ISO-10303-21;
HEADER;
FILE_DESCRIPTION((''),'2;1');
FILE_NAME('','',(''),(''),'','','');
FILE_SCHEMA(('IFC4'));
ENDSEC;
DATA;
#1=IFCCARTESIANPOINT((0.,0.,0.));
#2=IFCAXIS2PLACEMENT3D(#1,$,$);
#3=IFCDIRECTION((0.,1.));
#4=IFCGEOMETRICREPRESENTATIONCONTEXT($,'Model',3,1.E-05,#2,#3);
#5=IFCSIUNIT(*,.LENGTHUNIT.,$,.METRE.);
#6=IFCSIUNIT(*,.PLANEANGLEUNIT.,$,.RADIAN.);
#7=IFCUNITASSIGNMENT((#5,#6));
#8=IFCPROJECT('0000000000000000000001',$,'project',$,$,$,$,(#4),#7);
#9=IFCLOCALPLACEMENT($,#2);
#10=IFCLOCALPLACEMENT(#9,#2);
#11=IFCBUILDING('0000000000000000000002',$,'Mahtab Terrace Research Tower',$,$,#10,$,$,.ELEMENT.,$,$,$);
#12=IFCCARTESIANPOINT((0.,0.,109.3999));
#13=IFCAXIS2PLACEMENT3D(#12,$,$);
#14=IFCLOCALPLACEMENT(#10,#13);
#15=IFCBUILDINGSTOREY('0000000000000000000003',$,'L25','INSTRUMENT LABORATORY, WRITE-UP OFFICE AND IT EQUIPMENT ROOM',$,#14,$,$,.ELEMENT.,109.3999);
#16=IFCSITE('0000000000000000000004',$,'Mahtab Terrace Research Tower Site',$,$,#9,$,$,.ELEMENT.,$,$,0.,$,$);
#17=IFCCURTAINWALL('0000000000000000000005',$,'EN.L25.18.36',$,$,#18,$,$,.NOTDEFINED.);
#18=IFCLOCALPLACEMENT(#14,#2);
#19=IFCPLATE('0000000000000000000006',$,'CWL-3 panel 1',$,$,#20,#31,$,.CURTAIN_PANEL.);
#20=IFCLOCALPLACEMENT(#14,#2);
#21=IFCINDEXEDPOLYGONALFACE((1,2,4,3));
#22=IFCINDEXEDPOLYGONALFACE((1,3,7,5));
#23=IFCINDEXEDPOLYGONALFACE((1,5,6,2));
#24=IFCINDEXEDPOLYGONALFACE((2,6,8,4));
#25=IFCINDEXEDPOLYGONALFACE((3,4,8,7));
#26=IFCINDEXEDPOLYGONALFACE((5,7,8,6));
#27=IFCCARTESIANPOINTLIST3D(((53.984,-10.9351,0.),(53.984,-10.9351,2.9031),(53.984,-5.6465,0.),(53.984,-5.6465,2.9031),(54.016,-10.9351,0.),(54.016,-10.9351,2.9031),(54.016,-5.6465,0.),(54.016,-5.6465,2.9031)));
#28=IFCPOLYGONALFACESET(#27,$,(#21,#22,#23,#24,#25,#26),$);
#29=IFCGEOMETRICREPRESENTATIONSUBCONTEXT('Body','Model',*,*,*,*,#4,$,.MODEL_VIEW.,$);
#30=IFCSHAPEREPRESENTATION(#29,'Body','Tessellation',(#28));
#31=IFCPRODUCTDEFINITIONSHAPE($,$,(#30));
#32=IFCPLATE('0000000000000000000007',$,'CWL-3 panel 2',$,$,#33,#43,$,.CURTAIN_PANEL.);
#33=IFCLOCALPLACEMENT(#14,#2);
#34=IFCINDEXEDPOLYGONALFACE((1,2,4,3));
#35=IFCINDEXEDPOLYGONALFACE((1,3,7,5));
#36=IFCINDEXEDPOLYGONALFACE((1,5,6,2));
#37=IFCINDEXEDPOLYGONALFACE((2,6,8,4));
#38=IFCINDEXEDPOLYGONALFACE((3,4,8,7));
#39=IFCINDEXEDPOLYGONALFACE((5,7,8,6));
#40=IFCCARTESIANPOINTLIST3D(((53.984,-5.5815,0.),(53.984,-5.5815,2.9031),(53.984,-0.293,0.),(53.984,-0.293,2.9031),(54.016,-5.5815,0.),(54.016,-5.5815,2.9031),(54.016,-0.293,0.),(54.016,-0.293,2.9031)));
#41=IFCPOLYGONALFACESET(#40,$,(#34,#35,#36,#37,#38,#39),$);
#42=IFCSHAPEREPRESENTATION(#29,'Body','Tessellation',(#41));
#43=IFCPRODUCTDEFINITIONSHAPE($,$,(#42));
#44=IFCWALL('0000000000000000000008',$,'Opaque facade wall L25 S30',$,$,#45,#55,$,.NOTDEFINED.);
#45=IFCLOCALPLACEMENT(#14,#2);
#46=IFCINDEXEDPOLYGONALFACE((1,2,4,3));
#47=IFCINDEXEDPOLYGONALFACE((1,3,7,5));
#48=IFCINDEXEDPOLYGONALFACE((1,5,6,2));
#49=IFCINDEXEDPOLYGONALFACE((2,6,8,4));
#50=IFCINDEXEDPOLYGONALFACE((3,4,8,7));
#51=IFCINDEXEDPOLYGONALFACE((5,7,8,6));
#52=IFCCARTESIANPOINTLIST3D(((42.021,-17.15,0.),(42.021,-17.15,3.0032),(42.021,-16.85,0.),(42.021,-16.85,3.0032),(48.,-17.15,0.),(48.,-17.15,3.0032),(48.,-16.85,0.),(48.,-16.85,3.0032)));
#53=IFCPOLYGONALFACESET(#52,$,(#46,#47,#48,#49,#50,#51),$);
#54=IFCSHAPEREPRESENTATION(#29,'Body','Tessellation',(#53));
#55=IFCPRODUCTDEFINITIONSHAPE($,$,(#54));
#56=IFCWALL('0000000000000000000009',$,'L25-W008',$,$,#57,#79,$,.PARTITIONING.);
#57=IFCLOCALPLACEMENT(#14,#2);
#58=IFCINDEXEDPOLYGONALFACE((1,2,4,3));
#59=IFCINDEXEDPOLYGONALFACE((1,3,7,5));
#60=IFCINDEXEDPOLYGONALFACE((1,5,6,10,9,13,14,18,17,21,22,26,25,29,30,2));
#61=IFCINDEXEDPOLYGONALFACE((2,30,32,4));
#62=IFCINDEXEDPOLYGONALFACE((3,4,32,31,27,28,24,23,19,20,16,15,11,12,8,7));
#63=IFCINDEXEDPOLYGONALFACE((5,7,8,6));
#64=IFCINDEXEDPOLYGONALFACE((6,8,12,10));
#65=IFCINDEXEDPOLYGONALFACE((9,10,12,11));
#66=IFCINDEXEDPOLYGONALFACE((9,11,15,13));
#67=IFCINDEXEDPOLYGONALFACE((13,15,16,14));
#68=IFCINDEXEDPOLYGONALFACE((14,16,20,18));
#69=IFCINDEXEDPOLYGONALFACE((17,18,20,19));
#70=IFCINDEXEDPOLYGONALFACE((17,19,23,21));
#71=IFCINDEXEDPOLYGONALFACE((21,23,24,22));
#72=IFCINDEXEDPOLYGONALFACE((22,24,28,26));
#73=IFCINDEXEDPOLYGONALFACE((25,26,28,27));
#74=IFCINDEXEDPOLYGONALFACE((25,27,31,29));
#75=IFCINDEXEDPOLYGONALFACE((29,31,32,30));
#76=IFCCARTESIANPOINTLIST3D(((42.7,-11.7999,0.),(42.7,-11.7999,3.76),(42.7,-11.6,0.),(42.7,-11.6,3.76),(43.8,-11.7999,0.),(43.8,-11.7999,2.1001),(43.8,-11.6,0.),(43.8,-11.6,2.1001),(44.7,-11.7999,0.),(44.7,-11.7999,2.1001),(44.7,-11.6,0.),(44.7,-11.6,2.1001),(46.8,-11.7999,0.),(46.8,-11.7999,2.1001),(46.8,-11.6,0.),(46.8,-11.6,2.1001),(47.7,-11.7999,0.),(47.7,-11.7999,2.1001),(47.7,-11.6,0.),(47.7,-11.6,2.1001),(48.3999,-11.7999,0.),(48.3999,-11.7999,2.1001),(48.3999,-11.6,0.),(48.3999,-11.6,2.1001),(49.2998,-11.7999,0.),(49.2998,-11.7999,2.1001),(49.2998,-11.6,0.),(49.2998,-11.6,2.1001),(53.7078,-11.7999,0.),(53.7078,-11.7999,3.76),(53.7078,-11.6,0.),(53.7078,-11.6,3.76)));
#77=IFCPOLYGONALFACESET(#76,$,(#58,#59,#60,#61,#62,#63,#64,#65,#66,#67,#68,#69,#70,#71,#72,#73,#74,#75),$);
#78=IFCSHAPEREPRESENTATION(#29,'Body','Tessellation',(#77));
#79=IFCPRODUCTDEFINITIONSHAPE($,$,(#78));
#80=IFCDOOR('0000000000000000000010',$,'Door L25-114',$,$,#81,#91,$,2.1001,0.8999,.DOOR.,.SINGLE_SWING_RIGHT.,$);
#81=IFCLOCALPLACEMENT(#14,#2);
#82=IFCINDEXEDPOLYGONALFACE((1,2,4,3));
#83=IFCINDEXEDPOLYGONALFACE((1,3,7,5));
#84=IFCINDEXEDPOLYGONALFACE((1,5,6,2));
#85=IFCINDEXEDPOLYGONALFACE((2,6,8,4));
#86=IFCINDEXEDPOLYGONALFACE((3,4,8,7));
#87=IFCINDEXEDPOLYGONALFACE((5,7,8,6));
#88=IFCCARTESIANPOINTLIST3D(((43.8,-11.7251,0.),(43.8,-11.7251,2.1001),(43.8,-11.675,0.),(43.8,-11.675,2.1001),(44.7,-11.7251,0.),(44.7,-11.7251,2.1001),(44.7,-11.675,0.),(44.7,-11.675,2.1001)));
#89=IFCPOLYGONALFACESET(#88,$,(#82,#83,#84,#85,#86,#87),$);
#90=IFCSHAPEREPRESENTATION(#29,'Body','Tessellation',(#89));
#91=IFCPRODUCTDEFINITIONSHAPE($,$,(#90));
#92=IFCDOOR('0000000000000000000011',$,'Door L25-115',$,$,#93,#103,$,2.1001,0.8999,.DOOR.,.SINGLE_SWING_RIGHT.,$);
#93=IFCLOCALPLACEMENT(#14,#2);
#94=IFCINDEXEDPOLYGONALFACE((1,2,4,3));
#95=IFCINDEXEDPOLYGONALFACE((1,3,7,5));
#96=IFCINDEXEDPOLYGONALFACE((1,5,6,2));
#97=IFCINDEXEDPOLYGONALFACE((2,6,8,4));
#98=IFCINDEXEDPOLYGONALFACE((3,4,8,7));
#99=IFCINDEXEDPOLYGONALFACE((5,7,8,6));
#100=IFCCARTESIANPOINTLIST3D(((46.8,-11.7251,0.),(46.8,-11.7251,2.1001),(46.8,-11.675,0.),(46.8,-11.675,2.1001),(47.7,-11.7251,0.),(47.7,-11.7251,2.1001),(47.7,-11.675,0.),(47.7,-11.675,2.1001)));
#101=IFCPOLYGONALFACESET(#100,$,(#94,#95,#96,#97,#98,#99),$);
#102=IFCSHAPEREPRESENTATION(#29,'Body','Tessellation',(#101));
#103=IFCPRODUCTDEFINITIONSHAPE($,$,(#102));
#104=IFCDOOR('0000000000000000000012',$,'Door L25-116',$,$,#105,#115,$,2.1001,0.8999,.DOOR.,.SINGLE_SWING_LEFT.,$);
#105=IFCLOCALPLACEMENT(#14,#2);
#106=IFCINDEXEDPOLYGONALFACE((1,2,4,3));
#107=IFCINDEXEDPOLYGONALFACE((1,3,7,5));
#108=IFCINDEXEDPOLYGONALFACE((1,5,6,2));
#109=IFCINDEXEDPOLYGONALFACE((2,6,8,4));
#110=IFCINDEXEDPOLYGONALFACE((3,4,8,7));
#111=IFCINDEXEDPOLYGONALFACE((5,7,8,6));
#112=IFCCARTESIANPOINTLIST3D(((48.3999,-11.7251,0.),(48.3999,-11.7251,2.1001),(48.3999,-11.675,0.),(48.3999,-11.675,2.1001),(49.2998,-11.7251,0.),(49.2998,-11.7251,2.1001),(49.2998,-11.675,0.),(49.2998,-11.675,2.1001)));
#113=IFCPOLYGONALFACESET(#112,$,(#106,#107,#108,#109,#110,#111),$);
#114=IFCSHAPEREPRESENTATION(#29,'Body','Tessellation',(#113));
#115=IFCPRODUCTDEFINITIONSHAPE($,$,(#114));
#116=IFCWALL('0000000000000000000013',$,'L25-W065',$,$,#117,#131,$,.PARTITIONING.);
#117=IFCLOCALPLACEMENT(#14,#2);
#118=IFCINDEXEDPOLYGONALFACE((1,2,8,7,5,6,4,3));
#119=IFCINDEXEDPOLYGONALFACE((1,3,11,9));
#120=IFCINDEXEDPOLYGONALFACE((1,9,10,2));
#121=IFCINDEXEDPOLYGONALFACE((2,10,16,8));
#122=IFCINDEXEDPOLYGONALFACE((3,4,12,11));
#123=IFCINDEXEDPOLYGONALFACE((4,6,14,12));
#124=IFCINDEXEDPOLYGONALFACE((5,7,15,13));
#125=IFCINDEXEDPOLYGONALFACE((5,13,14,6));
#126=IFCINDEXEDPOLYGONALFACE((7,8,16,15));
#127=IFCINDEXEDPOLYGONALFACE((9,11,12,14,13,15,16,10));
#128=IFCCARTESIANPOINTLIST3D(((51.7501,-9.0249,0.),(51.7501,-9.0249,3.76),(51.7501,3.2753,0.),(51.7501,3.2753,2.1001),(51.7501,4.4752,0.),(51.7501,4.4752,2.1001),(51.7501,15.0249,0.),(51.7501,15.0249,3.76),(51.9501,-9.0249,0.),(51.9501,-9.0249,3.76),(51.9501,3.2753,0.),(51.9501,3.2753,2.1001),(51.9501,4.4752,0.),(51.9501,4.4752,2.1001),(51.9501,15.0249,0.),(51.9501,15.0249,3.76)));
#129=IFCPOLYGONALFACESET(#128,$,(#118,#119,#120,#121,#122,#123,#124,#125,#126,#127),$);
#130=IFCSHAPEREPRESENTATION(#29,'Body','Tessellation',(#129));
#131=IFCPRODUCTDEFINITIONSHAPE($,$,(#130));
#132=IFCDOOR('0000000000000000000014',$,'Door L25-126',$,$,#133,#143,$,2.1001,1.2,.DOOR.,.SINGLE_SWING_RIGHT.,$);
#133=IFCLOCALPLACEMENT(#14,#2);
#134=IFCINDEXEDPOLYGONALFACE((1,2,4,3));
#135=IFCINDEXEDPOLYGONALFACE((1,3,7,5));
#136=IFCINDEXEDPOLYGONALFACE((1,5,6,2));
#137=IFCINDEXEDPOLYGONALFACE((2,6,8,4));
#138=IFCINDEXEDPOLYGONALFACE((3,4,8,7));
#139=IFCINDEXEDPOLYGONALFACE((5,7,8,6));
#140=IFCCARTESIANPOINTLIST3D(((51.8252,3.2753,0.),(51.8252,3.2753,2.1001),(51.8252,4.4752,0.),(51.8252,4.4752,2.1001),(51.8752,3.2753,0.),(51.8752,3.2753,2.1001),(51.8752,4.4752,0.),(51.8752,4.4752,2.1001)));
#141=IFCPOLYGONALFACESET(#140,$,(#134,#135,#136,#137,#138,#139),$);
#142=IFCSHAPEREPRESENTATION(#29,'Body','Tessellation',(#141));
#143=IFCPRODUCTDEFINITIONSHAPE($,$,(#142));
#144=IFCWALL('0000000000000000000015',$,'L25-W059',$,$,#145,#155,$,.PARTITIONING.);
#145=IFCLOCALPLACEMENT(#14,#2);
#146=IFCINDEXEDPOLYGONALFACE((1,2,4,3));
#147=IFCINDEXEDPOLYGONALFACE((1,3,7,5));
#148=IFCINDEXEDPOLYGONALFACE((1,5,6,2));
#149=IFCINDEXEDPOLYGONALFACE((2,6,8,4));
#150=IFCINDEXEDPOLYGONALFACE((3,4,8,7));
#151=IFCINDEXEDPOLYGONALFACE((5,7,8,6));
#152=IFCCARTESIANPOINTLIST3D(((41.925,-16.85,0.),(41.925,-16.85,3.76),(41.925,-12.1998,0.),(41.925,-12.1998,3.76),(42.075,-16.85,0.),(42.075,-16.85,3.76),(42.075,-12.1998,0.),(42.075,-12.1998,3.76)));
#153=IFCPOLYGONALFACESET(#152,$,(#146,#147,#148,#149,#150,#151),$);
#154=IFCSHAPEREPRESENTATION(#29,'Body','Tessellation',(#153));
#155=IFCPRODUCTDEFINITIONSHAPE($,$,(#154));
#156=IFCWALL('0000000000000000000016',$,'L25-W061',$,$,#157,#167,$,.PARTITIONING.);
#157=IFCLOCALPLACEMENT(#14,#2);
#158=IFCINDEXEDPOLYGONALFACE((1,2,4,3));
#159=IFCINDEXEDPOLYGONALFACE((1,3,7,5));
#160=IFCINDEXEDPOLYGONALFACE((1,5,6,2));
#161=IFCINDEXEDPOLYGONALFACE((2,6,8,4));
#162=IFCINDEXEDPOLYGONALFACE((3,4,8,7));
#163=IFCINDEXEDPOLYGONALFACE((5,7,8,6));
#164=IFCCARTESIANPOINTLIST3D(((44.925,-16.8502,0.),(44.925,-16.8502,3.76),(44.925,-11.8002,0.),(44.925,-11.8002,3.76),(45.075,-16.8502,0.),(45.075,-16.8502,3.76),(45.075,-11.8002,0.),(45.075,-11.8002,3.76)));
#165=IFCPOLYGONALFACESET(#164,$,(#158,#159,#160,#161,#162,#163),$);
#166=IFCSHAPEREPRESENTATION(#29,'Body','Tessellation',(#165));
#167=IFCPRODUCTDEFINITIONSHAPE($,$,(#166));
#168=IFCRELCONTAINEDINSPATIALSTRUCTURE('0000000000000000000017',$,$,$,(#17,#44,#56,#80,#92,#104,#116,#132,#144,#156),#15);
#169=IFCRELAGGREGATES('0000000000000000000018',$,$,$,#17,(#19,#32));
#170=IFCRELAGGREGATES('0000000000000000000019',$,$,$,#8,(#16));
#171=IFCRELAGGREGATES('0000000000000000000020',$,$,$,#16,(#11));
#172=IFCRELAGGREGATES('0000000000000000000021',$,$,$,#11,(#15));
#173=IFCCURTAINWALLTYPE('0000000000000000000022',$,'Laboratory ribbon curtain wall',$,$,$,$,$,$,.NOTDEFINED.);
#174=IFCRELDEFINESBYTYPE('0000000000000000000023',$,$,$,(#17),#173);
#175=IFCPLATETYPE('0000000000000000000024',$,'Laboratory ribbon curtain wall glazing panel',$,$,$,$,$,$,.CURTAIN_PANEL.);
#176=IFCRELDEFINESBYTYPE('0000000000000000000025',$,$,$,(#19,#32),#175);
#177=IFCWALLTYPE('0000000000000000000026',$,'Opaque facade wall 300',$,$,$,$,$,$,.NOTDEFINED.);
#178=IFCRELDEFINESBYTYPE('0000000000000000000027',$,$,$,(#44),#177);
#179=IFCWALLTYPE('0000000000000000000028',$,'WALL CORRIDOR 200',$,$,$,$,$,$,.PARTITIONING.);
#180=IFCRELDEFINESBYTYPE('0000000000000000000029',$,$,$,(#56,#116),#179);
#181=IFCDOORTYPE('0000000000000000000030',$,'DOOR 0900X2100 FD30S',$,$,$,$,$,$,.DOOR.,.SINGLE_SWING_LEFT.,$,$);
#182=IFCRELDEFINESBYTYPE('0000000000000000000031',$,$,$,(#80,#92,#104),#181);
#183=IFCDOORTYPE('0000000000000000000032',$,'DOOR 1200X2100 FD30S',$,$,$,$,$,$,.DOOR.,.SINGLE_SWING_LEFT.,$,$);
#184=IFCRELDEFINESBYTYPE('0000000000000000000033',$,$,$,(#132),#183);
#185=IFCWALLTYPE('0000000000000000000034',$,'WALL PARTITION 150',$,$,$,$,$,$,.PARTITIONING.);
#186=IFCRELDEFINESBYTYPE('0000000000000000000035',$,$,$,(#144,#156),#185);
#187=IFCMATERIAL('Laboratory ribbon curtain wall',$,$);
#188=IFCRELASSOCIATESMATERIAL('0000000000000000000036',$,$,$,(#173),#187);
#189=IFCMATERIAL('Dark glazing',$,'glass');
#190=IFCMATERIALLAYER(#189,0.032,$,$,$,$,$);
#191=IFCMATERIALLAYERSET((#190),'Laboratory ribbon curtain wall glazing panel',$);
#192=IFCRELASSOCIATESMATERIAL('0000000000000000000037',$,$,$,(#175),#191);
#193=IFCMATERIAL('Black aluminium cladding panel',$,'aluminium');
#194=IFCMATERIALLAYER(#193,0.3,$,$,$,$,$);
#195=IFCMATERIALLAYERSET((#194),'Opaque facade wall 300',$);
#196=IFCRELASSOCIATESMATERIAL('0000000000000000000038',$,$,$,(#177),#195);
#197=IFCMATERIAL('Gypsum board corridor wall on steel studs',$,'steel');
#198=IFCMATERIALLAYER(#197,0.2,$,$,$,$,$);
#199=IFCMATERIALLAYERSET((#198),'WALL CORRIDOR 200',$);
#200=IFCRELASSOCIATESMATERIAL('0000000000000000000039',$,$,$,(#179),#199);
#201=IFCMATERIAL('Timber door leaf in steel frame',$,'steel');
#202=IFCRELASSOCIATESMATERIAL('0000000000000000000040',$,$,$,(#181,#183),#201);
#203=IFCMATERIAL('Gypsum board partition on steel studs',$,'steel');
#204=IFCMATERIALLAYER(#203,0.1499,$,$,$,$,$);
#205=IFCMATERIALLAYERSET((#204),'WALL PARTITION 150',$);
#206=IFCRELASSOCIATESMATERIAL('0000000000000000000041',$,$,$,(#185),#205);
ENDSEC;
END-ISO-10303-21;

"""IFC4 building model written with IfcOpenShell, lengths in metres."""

from ifc_helpers import new_model, si_unit, direction, frame, frame_2d, origin, origin_2d, place, context, subcontext, project, spatial, rectangle, extrude, material, layer, layer_set, type_object, element, fill, aggregate, save


model = new_model("IFC4")

# Units and contexts
model_context = context("Model", 3, precision=1e-05, world=origin(), true_north=direction((0.0, 1.0)))
body_context = subcontext(model_context, "Body", "Model", "MODEL_VIEW")
ifc_project = project(units=[si_unit("LENGTHUNIT", "METRE"), si_unit("PLANEANGLEUNIT", "RADIAN")], contexts=[model_context])

# Site, building, storey
site_placement = place(None, origin())
site = spatial("IfcSite", under=ifc_project, at=site_placement, Name="Mahtab Terrace Research Tower Site", CompositionType="ELEMENT", RefElevation=0.0)
building_placement = place(site_placement, origin())
building = spatial("IfcBuilding", under=site, at=building_placement, Name="Mahtab Terrace Research Tower", CompositionType="ELEMENT")
storey_placement = place(building_placement, frame((0.0, 0.0, 109.3999)))
storey = spatial("IfcBuildingStorey", under=building, at=storey_placement, Name="L25", Description="INSTRUMENT LABORATORY, WRITE-UP OFFICE AND IT EQUIPMENT ROOM", CompositionType="ELEMENT", Elevation=109.3999)

# Curtain wall
ifc_material_1 = material(Name="Laboratory ribbon curtain wall")
curtain_wall_type = type_object("IfcCurtainWallType", Name="Laboratory ribbon curtain wall", PredefinedType="NOTDEFINED", material=ifc_material_1)
curtain_wall_placement = place(storey_placement, origin())
curtain_wall = element("IfcCurtainWall", 1, at=curtain_wall_placement, inside=storey, type_object=curtain_wall_type, Name="EN.L25.18.36", PredefinedType="NOTDEFINED")

# Plates
ifc_material_2 = material(Name="Dark glazing", Category="glass")
ifc_layer_1 = layer(ifc_material_2, 0.032)
ifc_layer_set_1 = layer_set([ifc_layer_1], Name="Laboratory ribbon curtain wall glazing panel")
plate_type = type_object("IfcPlateType", Name="Laboratory ribbon curtain wall glazing panel", PredefinedType="CURTAIN_PANEL", material=ifc_layer_set_1)
plate_1_placement = place(storey_placement, frame((54.0, -8.2908, 0.0), z_axis=(0.0, 0.0, 1.0), x_axis=(0.0, 1.0, 0.0)))
plate_1 = element("IfcPlate", 2, at=plate_1_placement, type_object=plate_type, Name="CWL-3 panel 1", PredefinedType="CURTAIN_PANEL", context=body_context, shape_type="SweptSolid", body=[
    extrude(rectangle(XDim=5.2886, YDim=0.032, at=origin_2d()), origin(), (0.0, 0.0, 1.0), 2.9031),
])
plate_2_placement = place(storey_placement, frame((54.0, -2.9373, 0.0), z_axis=(0.0, 0.0, 1.0), x_axis=(0.0, 1.0, 0.0)))
plate_2 = element("IfcPlate", 3, at=plate_2_placement, type_object=plate_type, Name="CWL-3 panel 2", PredefinedType="CURTAIN_PANEL", context=body_context, shape_type="SweptSolid", body=[
    extrude(rectangle(XDim=5.2886, YDim=0.032, at=origin_2d()), origin(), (0.0, 0.0, 1.0), 2.9031),
])
aggregate(curtain_wall, [plate_1, plate_2])

# Wall
ifc_material_3 = material(Name="Black aluminium cladding panel", Category="aluminium")
ifc_layer_2 = layer(ifc_material_3, 0.3)
ifc_layer_set_2 = layer_set([ifc_layer_2], Name="Opaque facade wall 300")
wall_type_1 = type_object("IfcWallType", Name="Opaque facade wall 300", PredefinedType="NOTDEFINED", material=ifc_layer_set_2)
wall_1_placement = place(storey_placement, frame((42.021, -17.0, 0.0), z_axis=(0.0, 0.0, 1.0), x_axis=(1.0, 0.0, 0.0)))
element("IfcWall", 4, at=wall_1_placement, inside=storey, type_object=wall_type_1, Name="Opaque facade wall L25 S30", PredefinedType="NOTDEFINED", context=body_context, shape_type="SweptSolid", body=[
    extrude(rectangle(XDim=5.979, YDim=0.3, at=frame_2d((2.9895, 0.0))), origin(), (0.0, 0.0, 1.0), 3.0032),
])

# Wall, openings, doors
ifc_material_4 = material(Name="Gypsum board corridor wall on steel studs", Category="steel")
ifc_layer_3 = layer(ifc_material_4, 0.2)
ifc_layer_set_3 = layer_set([ifc_layer_3], Name="WALL CORRIDOR 200")
wall_type_2 = type_object("IfcWallType", Name="WALL CORRIDOR 200", PredefinedType="PARTITIONING", material=ifc_layer_set_3)
wall_2_placement = place(storey_placement, frame((42.7, -11.7, 0.0), z_axis=(0.0, 0.0, 1.0), x_axis=(1.0, 0.0, 0.0)))
wall_2 = element("IfcWall", 5, at=wall_2_placement, inside=storey, type_object=wall_type_2, Name="L25-W008", PredefinedType="PARTITIONING", context=body_context, shape_type="SweptSolid", body=[
    extrude(rectangle(XDim=11.0078, YDim=0.2, at=frame_2d((5.5039, 0.0))), origin(), (0.0, 0.0, 1.0), 3.76),
])
opening_1_placement = place(wall_2_placement, frame((1.1001, 0.0, 0.0)))
opening_1 = element("IfcOpeningElement", 6, at=opening_1_placement, cuts=wall_2, PredefinedType="OPENING", context=body_context, shape_type="SweptSolid", body=[
    extrude(rectangle(XDim=0.8999, YDim=2.1001, at=frame_2d((0.45, 1.05))), frame((0.0, 0.1099, 0.0), z_axis=(0.0, -1.0, 0.0), x_axis=(1.0, 0.0, 0.0)), (0.0, 0.0, 1.0), 0.22),
])
opening_2_placement = place(wall_2_placement, frame((4.1001, 0.0, 0.0)))
opening_2 = element("IfcOpeningElement", 7, at=opening_2_placement, cuts=wall_2, PredefinedType="OPENING", context=body_context, shape_type="SweptSolid", body=[
    extrude(rectangle(XDim=0.8999, YDim=2.1001, at=frame_2d((0.45, 1.05))), frame((0.0, 0.1099, 0.0), z_axis=(0.0, -1.0, 0.0), x_axis=(1.0, 0.0, 0.0)), (0.0, 0.0, 1.0), 0.22),
])
opening_3_placement = place(wall_2_placement, frame((5.7, 0.0, 0.0)))
opening_3 = element("IfcOpeningElement", 8, at=opening_3_placement, cuts=wall_2, PredefinedType="OPENING", context=body_context, shape_type="SweptSolid", body=[
    extrude(rectangle(XDim=0.8999, YDim=2.1001, at=frame_2d((0.45, 1.05))), frame((0.0, 0.1099, 0.0), z_axis=(0.0, -1.0, 0.0), x_axis=(1.0, 0.0, 0.0)), (0.0, 0.0, 1.0), 0.22),
])
ifc_material_5 = material(Name="Timber door leaf in steel frame", Category="steel")
door_type_1 = type_object("IfcDoorType", Name="DOOR 0900X2100 FD30S", OperationType="SINGLE_SWING_LEFT", PredefinedType="DOOR", material=ifc_material_5)
door_1_placement = place(opening_1_placement, origin())
door_1 = element("IfcDoor", 9, at=door_1_placement, inside=storey, type_object=door_type_1, Name="Door L25-114", OperationType="SINGLE_SWING_RIGHT", OverallHeight=2.1001, OverallWidth=0.8999, PredefinedType="DOOR", context=body_context, shape_type="SweptSolid", body=[
    extrude(rectangle(XDim=0.8999, YDim=2.1001, at=frame_2d((0.45, 1.05))), frame((0.0, 0.0249, 0.0), z_axis=(0.0, -1.0, 0.0), x_axis=(1.0, 0.0, 0.0)), (0.0, 0.0, 1.0), 0.05),
])
fill(opening_1, door_1)
door_2_placement = place(opening_2_placement, origin())
door_2 = element("IfcDoor", 10, at=door_2_placement, inside=storey, type_object=door_type_1, Name="Door L25-115", OperationType="SINGLE_SWING_RIGHT", OverallHeight=2.1001, OverallWidth=0.8999, PredefinedType="DOOR", context=body_context, shape_type="SweptSolid", body=[
    extrude(rectangle(XDim=0.8999, YDim=2.1001, at=frame_2d((0.45, 1.05))), frame((0.0, 0.0249, 0.0), z_axis=(0.0, -1.0, 0.0), x_axis=(1.0, 0.0, 0.0)), (0.0, 0.0, 1.0), 0.05),
])
fill(opening_2, door_2)
door_3_placement = place(opening_3_placement, origin())
door_3 = element("IfcDoor", 11, at=door_3_placement, inside=storey, type_object=door_type_1, Name="Door L25-116", OperationType="SINGLE_SWING_LEFT", OverallHeight=2.1001, OverallWidth=0.8999, PredefinedType="DOOR", context=body_context, shape_type="SweptSolid", body=[
    extrude(rectangle(XDim=0.8999, YDim=2.1001, at=frame_2d((0.45, 1.05))), frame((0.0, 0.0249, 0.0), z_axis=(0.0, -1.0, 0.0), x_axis=(1.0, 0.0, 0.0)), (0.0, 0.0, 1.0), 0.05),
])
fill(opening_3, door_3)

# Wall, opening, door
wall_3_placement = place(storey_placement, frame((51.8501, -9.0249, 0.0), z_axis=(0.0, 0.0, 1.0), x_axis=(0.0, 1.0, 0.0)))
wall_3 = element("IfcWall", 12, at=wall_3_placement, inside=storey, type_object=wall_type_2, Name="L25-W065", PredefinedType="PARTITIONING", context=body_context, shape_type="SweptSolid", body=[
    extrude(rectangle(XDim=24.0498, YDim=0.2, at=frame_2d((12.0249, 0.0))), origin(), (0.0, 0.0, 1.0), 3.76),
])
opening_4_placement = place(wall_3_placement, frame((12.3, 0.0, 0.0)))
opening_4 = element("IfcOpeningElement", 13, at=opening_4_placement, cuts=wall_3, PredefinedType="OPENING", context=body_context, shape_type="SweptSolid", body=[
    extrude(rectangle(XDim=1.2, YDim=2.1001, at=frame_2d((0.6001, 1.05))), frame((0.0, 0.1099, 0.0), z_axis=(0.0, -1.0, 0.0), x_axis=(1.0, 0.0, 0.0)), (0.0, 0.0, 1.0), 0.22),
])
door_type_2 = type_object("IfcDoorType", Name="DOOR 1200X2100 FD30S", OperationType="SINGLE_SWING_LEFT", PredefinedType="DOOR", material=ifc_material_5)
door_4_placement = place(opening_4_placement, origin())
door_4 = element("IfcDoor", 14, at=door_4_placement, inside=storey, type_object=door_type_2, Name="Door L25-126", OperationType="SINGLE_SWING_RIGHT", OverallHeight=2.1001, OverallWidth=1.2, PredefinedType="DOOR", context=body_context, shape_type="SweptSolid", body=[
    extrude(rectangle(XDim=1.2, YDim=2.1001, at=frame_2d((0.6001, 1.05))), frame((0.0, 0.0249, 0.0), z_axis=(0.0, -1.0, 0.0), x_axis=(1.0, 0.0, 0.0)), (0.0, 0.0, 1.0), 0.05),
])
fill(opening_4, door_4)

# Walls
ifc_material_6 = material(Name="Gypsum board partition on steel studs", Category="steel")
ifc_layer_4 = layer(ifc_material_6, 0.1499)
ifc_layer_set_4 = layer_set([ifc_layer_4], Name="WALL PARTITION 150")
wall_type_3 = type_object("IfcWallType", Name="WALL PARTITION 150", PredefinedType="PARTITIONING", material=ifc_layer_set_4)
wall_4_placement = place(storey_placement, frame((42.0, -16.8501, 0.0), z_axis=(0.0, 0.0, 1.0), x_axis=(0.0, 1.0, 0.0)))
element("IfcWall", 15, at=wall_4_placement, inside=storey, type_object=wall_type_3, Name="L25-W059", PredefinedType="PARTITIONING", context=body_context, shape_type="SweptSolid", body=[
    extrude(rectangle(XDim=4.6501, YDim=0.1499, at=frame_2d((2.3252, 0.0))), origin(), (0.0, 0.0, 1.0), 3.76),
])
wall_5_placement = place(storey_placement, frame((45.0, -16.8501, 0.0), z_axis=(0.0, 0.0, 1.0), x_axis=(0.0, 1.0, 0.0)))
element("IfcWall", 16, at=wall_5_placement, inside=storey, type_object=wall_type_3, Name="L25-W061", PredefinedType="PARTITIONING", context=body_context, shape_type="SweptSolid", body=[
    extrude(rectangle(XDim=5.05, YDim=0.1499, at=frame_2d((2.5249, 0.0))), origin(), (0.0, 0.0, 1.0), 3.76),
])

save(model, "model.ifc")
